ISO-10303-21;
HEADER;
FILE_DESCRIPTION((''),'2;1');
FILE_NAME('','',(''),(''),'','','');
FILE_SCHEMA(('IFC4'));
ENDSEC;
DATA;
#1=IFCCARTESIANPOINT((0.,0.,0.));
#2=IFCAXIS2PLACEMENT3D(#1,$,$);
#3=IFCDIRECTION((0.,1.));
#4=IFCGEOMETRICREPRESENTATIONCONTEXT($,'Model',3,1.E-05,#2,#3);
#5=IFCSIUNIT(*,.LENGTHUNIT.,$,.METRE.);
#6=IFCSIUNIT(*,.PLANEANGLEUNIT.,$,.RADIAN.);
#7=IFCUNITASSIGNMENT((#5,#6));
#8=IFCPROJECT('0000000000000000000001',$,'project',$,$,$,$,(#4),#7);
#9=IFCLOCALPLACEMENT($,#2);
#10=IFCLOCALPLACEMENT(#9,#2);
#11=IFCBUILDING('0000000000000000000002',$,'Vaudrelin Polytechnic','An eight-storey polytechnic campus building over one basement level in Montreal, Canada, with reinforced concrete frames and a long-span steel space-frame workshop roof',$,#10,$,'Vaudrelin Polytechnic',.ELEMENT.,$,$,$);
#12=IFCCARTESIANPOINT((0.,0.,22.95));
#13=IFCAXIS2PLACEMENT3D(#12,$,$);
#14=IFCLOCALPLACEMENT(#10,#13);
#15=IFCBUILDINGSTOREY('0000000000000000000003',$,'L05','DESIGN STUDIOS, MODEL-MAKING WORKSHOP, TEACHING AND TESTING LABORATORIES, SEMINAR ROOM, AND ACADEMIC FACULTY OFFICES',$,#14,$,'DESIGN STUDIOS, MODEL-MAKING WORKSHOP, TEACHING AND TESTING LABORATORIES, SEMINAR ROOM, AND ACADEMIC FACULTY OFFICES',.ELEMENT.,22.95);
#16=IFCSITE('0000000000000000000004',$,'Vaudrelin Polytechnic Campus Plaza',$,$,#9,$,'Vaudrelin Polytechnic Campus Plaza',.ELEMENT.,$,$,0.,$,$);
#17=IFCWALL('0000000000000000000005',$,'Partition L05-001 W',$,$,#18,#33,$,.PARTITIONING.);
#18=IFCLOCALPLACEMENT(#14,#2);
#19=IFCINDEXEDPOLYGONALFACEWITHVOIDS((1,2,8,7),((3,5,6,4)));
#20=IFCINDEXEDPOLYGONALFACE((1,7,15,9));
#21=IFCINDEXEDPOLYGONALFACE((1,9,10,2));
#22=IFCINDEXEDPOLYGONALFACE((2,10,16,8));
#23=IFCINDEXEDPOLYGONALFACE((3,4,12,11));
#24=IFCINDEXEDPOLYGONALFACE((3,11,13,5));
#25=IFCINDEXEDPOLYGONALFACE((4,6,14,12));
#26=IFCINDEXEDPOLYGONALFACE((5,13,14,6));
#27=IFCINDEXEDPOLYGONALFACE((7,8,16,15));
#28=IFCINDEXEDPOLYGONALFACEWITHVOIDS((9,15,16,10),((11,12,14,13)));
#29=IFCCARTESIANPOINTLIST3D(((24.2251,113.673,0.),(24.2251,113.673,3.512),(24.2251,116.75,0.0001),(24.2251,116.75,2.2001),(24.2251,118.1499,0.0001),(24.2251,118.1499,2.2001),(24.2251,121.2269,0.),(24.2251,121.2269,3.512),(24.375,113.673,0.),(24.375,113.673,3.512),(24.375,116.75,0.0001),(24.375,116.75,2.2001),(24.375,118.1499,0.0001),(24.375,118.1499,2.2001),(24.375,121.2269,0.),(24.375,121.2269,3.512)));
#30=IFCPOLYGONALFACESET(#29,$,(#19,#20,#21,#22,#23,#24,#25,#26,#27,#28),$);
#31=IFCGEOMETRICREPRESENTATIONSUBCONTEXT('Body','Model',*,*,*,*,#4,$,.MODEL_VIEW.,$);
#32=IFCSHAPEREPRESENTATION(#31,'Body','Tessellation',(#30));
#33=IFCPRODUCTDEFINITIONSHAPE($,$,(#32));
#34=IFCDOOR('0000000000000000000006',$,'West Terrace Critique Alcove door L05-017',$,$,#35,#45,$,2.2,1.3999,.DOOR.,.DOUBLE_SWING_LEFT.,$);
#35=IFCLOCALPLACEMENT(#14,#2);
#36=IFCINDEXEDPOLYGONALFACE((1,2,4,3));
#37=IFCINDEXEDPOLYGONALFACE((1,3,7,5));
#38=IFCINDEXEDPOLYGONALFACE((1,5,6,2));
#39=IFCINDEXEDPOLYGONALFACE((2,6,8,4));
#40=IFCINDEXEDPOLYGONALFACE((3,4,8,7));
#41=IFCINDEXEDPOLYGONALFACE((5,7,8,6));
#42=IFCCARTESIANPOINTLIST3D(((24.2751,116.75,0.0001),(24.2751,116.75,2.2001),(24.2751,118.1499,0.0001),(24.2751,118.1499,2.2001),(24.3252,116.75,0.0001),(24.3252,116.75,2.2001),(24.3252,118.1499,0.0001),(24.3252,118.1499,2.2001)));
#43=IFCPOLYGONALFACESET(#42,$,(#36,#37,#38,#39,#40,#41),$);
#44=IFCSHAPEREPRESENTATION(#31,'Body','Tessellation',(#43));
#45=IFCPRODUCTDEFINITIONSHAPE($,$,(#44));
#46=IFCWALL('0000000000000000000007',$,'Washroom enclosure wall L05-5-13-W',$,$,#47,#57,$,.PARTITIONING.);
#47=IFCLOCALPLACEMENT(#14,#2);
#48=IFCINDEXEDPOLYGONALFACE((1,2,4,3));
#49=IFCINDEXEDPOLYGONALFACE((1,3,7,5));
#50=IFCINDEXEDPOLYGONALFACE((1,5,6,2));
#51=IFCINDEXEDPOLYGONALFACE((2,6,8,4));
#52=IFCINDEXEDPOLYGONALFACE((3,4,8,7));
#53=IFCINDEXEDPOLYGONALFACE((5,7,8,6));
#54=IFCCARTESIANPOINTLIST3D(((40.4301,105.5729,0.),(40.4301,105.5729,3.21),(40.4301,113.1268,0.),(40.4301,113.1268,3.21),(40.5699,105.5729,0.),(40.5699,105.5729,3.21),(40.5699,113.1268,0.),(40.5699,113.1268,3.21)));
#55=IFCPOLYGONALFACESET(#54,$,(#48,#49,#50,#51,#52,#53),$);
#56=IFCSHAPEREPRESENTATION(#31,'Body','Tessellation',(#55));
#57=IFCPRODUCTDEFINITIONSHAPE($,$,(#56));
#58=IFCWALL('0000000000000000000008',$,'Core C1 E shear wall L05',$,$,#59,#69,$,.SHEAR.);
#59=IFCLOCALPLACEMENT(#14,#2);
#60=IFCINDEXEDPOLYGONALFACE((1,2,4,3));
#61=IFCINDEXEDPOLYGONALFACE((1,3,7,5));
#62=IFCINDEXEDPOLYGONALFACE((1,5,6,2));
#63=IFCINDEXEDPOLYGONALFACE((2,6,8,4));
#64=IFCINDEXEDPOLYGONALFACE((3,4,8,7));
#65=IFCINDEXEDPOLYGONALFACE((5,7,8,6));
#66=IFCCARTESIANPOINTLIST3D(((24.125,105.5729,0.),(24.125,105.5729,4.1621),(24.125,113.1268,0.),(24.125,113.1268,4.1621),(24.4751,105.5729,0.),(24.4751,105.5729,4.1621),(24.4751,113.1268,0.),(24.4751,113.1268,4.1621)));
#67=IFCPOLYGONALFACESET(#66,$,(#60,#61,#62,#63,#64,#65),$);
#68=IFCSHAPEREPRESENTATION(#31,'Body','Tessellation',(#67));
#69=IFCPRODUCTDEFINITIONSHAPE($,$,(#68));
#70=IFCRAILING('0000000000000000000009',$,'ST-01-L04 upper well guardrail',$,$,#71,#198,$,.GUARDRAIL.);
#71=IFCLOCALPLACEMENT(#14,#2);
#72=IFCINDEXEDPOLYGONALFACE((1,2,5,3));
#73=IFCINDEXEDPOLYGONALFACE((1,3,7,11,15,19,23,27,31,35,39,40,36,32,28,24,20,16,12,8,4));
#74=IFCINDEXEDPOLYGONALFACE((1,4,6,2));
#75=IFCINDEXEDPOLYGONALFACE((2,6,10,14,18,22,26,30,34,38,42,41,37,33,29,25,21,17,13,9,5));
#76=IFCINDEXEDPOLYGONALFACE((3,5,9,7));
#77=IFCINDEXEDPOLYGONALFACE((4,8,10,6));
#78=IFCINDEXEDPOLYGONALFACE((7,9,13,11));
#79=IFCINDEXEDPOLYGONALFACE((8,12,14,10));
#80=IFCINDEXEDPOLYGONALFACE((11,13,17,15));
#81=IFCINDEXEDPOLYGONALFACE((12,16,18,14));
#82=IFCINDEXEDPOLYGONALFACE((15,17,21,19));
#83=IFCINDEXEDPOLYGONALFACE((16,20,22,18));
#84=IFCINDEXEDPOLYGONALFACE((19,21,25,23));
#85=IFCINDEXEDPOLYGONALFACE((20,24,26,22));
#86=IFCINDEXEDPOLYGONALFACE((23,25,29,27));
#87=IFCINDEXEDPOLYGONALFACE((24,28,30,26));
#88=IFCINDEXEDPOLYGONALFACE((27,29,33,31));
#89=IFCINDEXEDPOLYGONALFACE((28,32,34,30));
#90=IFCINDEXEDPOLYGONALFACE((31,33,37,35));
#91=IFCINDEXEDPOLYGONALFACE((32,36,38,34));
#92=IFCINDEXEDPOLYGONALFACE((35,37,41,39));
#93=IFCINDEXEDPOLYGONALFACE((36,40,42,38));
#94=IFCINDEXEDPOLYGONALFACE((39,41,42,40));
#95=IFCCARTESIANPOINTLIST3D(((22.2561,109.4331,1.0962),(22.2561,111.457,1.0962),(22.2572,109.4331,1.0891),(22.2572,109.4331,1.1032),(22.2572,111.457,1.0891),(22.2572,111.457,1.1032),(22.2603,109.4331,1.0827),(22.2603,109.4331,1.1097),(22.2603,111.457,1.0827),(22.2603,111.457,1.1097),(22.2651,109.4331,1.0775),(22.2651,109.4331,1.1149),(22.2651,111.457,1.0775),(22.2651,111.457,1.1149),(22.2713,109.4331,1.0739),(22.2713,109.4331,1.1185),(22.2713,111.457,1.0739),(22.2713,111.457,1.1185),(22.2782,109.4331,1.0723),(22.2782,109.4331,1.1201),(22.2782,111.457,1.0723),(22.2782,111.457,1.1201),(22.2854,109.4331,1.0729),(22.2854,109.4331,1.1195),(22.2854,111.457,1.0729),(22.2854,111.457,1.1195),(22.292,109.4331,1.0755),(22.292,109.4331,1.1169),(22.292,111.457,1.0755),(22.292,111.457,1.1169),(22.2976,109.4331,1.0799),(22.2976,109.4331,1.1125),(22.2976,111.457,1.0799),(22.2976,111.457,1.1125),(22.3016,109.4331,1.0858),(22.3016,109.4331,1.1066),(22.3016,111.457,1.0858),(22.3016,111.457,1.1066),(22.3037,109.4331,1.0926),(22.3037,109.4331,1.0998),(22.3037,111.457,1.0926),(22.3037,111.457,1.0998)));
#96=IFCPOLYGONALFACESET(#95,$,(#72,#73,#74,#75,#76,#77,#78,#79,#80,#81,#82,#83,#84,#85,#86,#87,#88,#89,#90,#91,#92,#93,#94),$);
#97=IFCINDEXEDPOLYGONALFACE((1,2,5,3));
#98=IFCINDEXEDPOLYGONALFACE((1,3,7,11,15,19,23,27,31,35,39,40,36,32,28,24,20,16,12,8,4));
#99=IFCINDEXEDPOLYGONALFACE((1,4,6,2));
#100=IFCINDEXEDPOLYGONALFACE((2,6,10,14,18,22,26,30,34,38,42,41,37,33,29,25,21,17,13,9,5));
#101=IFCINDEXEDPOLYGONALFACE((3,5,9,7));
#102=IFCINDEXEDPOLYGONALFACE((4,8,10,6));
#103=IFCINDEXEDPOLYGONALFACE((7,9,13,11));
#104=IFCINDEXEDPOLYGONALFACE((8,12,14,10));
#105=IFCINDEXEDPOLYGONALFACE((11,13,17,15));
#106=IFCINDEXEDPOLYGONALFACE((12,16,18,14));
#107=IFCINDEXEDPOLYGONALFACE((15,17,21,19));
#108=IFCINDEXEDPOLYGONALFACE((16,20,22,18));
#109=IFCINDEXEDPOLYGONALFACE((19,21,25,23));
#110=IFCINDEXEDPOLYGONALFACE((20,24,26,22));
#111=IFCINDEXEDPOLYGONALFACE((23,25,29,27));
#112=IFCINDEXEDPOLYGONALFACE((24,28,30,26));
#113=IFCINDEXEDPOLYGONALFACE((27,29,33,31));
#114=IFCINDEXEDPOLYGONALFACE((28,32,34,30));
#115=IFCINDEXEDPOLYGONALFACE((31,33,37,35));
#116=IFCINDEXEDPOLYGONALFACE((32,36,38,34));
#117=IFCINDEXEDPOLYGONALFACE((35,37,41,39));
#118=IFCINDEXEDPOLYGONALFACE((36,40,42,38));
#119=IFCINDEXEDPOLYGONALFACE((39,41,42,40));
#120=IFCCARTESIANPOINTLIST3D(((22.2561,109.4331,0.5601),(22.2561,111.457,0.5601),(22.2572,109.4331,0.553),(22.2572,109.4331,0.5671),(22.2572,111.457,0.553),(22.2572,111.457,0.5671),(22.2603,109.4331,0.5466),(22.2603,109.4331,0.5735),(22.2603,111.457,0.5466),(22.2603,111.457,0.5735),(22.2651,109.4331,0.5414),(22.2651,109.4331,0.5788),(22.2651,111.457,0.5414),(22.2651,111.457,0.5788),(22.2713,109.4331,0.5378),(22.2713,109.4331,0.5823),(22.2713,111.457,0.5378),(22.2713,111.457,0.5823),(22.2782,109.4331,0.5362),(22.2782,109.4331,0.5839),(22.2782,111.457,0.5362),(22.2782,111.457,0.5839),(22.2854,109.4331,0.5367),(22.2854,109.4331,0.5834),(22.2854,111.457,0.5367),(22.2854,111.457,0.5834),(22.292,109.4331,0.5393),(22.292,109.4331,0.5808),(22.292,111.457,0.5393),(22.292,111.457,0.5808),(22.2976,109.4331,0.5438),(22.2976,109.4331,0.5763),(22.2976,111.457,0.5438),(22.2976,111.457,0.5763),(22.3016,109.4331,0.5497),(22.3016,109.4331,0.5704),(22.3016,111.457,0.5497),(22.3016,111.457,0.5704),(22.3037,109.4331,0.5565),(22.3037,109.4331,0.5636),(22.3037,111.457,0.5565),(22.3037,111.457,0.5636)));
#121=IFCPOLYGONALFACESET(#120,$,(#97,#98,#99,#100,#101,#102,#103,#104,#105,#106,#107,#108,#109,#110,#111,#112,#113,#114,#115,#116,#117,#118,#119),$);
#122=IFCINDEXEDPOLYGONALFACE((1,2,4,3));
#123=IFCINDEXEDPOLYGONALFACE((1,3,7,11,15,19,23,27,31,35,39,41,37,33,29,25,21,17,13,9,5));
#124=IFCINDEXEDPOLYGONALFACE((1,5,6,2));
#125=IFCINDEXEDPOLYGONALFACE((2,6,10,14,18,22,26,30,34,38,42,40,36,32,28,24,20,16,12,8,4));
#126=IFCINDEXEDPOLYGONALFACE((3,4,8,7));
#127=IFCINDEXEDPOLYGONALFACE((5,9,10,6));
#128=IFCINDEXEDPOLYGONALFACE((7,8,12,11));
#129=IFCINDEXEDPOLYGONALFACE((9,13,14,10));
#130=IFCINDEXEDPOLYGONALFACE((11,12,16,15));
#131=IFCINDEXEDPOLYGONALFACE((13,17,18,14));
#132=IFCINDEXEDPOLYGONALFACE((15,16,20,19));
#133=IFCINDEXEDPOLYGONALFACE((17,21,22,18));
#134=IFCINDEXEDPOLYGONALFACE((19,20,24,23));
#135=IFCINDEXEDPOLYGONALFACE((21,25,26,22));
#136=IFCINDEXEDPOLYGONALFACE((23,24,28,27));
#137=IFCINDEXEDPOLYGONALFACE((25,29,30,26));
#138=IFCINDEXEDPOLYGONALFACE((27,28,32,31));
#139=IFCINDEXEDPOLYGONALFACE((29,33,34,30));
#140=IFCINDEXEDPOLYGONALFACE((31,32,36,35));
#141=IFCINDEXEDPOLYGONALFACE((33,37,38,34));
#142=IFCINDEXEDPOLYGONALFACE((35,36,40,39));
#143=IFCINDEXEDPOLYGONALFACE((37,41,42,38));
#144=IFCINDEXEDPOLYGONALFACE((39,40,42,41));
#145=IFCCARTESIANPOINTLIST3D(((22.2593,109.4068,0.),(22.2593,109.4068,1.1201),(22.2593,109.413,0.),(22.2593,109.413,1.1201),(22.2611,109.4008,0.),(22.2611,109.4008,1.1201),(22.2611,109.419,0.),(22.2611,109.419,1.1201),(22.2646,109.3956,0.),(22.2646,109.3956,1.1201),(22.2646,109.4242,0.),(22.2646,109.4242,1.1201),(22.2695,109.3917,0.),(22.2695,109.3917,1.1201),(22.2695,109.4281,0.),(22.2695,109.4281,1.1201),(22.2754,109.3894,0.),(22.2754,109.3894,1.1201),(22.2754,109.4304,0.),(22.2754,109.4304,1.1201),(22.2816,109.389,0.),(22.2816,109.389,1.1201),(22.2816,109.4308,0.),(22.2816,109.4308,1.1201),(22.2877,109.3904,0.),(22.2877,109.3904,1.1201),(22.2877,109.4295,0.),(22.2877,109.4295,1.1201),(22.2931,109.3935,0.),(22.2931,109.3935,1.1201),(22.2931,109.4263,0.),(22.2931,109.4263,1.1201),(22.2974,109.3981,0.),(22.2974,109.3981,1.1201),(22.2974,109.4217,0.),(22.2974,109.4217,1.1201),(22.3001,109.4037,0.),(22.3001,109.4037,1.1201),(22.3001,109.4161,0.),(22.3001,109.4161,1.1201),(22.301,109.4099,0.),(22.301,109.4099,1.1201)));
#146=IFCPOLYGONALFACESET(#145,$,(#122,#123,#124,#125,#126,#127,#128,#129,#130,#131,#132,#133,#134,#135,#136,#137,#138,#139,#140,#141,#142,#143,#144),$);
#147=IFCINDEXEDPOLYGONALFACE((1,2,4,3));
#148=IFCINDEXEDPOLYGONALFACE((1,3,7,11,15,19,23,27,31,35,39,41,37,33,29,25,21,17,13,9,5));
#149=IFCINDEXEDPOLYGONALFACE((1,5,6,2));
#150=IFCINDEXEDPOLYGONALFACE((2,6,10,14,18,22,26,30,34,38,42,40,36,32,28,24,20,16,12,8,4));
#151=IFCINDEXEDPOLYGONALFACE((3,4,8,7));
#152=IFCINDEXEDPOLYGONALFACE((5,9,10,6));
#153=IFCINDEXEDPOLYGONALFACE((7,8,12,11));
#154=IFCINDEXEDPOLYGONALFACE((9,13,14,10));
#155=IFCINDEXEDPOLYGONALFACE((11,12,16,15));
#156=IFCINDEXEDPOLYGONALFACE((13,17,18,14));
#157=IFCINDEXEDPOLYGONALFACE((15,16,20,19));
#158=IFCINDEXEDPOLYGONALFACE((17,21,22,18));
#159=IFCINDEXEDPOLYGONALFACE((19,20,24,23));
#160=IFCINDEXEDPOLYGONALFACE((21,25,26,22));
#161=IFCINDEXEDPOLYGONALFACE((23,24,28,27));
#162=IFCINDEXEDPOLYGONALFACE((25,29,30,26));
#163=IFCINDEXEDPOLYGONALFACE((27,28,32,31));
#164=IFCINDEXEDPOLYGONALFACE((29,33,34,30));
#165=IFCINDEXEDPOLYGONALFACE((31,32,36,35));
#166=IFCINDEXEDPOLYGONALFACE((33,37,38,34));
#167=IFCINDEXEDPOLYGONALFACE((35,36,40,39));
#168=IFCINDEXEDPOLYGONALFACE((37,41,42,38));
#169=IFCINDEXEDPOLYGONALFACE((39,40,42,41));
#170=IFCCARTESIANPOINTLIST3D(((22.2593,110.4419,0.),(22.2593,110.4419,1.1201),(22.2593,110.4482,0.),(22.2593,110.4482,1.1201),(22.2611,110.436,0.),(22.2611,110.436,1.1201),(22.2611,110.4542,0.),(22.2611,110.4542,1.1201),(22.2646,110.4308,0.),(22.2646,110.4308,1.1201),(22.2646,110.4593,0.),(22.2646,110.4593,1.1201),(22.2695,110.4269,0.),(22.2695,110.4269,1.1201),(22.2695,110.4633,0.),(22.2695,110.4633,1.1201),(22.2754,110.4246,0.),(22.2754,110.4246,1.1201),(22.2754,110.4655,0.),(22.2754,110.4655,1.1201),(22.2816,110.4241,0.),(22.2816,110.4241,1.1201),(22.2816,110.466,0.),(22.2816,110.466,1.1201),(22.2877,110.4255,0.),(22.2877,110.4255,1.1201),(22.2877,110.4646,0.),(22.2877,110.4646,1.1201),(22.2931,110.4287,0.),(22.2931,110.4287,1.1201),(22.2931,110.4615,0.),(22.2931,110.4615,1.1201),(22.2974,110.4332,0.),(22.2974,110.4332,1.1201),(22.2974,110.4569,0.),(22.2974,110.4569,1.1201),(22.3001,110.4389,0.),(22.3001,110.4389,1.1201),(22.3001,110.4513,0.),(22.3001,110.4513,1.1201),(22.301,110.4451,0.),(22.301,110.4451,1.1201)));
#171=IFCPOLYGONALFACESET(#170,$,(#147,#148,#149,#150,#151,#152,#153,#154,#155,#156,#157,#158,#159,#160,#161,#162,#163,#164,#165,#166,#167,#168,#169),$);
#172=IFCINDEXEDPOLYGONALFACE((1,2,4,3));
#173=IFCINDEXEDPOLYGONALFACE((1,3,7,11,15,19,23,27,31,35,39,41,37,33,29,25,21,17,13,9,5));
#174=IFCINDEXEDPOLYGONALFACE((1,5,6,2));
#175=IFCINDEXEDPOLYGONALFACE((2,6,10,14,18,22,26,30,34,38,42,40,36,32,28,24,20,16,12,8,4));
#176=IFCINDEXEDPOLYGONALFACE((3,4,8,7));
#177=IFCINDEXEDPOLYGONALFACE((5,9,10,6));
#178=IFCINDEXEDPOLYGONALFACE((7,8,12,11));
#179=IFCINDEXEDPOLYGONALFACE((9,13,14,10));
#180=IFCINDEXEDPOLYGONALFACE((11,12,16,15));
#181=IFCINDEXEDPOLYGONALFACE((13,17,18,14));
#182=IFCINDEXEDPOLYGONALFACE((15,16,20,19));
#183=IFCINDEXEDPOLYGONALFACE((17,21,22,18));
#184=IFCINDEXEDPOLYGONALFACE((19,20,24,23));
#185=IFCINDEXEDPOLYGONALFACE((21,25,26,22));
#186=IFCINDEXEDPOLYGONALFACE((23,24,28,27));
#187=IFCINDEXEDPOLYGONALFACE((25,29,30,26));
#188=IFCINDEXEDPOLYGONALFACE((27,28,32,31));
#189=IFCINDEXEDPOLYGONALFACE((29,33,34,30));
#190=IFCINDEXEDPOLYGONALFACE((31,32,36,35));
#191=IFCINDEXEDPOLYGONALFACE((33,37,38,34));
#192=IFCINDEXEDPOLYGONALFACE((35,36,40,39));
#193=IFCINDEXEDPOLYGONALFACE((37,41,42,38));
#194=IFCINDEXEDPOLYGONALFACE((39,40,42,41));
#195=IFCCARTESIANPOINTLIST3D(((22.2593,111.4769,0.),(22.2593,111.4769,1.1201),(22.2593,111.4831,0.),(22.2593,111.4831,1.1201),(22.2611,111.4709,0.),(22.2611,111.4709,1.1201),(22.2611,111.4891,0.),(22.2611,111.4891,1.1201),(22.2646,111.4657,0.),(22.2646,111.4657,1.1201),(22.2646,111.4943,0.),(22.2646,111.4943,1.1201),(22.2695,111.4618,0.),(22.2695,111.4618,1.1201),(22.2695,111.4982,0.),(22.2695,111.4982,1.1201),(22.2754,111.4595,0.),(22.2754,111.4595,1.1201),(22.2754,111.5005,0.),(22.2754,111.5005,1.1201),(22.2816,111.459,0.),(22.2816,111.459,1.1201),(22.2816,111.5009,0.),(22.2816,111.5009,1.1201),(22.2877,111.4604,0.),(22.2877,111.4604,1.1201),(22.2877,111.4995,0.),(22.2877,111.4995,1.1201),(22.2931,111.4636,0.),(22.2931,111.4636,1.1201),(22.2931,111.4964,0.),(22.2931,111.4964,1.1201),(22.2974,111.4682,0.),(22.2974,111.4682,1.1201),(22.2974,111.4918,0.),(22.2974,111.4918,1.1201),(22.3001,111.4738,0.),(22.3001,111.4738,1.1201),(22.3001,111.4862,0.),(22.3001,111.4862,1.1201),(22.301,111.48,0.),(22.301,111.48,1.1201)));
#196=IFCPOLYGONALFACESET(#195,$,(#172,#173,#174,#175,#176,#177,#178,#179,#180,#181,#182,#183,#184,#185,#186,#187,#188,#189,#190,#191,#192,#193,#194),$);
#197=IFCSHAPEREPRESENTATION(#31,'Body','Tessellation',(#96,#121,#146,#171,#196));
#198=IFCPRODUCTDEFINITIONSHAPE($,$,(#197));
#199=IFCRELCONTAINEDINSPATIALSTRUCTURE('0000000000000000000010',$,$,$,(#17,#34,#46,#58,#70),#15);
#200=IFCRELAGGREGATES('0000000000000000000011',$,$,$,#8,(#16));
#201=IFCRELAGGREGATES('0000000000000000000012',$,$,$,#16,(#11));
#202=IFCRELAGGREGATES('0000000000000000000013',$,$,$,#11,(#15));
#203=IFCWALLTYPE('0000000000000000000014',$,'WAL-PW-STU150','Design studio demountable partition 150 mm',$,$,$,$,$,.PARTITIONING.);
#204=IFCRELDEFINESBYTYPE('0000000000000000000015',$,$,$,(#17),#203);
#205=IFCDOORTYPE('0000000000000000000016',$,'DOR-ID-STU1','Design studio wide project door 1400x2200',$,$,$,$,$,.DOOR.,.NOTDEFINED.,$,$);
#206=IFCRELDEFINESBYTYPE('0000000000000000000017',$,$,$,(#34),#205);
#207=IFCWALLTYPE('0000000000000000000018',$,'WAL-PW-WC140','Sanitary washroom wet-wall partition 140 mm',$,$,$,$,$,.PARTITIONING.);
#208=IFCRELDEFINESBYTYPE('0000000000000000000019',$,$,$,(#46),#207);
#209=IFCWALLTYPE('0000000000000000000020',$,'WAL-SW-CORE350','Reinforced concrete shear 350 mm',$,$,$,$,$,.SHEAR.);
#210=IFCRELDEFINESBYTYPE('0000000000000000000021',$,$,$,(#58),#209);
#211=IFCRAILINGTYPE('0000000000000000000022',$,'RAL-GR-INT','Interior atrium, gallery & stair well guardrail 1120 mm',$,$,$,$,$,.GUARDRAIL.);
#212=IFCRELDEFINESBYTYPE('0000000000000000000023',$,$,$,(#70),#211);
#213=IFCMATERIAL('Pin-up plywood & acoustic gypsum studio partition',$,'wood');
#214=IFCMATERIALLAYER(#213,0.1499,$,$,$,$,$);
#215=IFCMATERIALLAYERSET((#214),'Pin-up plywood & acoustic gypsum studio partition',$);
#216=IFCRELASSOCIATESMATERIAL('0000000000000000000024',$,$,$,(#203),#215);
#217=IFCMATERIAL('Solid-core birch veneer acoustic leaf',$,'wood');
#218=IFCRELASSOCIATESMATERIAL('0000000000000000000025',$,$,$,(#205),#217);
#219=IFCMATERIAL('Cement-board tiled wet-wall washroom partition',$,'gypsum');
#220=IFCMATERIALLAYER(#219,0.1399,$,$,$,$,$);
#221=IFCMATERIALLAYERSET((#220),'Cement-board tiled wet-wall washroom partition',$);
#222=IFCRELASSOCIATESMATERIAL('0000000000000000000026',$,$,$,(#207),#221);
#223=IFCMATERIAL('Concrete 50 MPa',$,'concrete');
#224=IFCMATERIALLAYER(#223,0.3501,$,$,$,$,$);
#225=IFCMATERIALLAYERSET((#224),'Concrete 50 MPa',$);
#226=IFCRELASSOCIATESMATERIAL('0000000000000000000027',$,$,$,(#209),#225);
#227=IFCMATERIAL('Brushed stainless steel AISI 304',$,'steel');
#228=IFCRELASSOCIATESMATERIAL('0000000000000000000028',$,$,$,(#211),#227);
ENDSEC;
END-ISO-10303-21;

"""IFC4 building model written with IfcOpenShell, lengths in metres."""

from ifc_helpers import new_model, si_unit, direction, frame, frame_2d, origin, origin_2d, place, context, subcontext, project, spatial, rectangle, circle, extrude, material, layer, layer_set, type_object, element, fill, save


model = new_model("IFC4")

# Units and contexts
model_context = context("Model", 3, precision=1e-05, world=origin(), true_north=direction((0.0, 1.0)))
body_context = subcontext(model_context, "Body", "Model", "MODEL_VIEW")
ifc_project = project(units=[si_unit("LENGTHUNIT", "METRE"), si_unit("PLANEANGLEUNIT", "RADIAN")], contexts=[model_context])

# Site, building, storey
site_placement = place(None, origin())
site = spatial("IfcSite", under=ifc_project, at=site_placement, Name="Vaudrelin Polytechnic Campus Plaza", LongName="Vaudrelin Polytechnic Campus Plaza", CompositionType="ELEMENT", RefElevation=0.0)
building_placement = place(site_placement, origin())
building = spatial("IfcBuilding", under=site, at=building_placement, Name="Vaudrelin Polytechnic", Description="An eight-storey polytechnic campus building over one basement level in Montreal, Canada, with reinforced concrete frames and a long-span steel space-frame workshop roof", LongName="Vaudrelin Polytechnic", CompositionType="ELEMENT")
storey_placement = place(building_placement, frame((0.0, 0.0, 22.95)))
storey = spatial("IfcBuildingStorey", under=building, at=storey_placement, Name="L05", Description="DESIGN STUDIOS, MODEL-MAKING WORKSHOP, TEACHING AND TESTING LABORATORIES, SEMINAR ROOM, AND ACADEMIC FACULTY OFFICES", LongName="DESIGN STUDIOS, MODEL-MAKING WORKSHOP, TEACHING AND TESTING LABORATORIES, SEMINAR ROOM, AND ACADEMIC FACULTY OFFICES", CompositionType="ELEMENT", Elevation=22.95)

# Shared definitions
ifc_material_1 = material(Name="Concrete 50 MPa", Category="concrete")

# Shared definitions
ifc_material_2 = material(Name="Pin-up plywood & acoustic gypsum studio partition", Category="wood")
ifc_layer_1 = layer(ifc_material_2, 0.1499)
ifc_layer_set_1 = layer_set([ifc_layer_1], Name="Pin-up plywood & acoustic gypsum studio partition")
wall_type_1 = type_object("IfcWallType", Name="WAL-PW-STU150", Description="Design studio demountable partition 150 mm", PredefinedType="PARTITIONING", material=ifc_layer_set_1)

# Wall, opening, door
wall_1_placement = place(storey_placement, frame((24.3, 113.6731, 0.0), z_axis=(0.0, 0.0, 1.0), x_axis=(0.0, 1.0, 0.0)))
wall_1 = element("IfcWall", 1, at=wall_1_placement, inside=storey, type_object=wall_type_1, Name="Partition L05-001 W", PredefinedType="PARTITIONING", context=body_context, shape_type="SweptSolid", body=[
    extrude(rectangle(XDim=7.554, YDim=0.1499, at=frame_2d((3.7769, 0.0))), origin(), (0.0, 0.0, 1.0), 3.512),
])
opening_1_placement = place(wall_1_placement, frame((3.0769, 0.0, 0.0)))
opening_1 = element("IfcOpeningElement", 2, at=opening_1_placement, cuts=wall_1, PredefinedType="OPENING", context=body_context, shape_type="SweptSolid", body=[
    extrude(rectangle(XDim=1.3999, YDim=2.2, at=frame_2d((0.7, 1.1001))), frame((0.0, 0.085, 0.0), z_axis=(0.0, -1.0, 0.0), x_axis=(1.0, 0.0, 0.0)), (0.0, 0.0, 1.0), 0.1699),
])
ifc_material_3 = material(Name="Solid-core birch veneer acoustic leaf", Category="wood")
door_type_1 = type_object("IfcDoorType", Name="DOR-ID-STU1", Description="Design studio wide project door 1400x2200", OperationType="NOTDEFINED", PredefinedType="DOOR", material=ifc_material_3)
door_1_placement = place(opening_1_placement, origin())
door_1 = element("IfcDoor", 3, at=door_1_placement, inside=storey, type_object=door_type_1, Name="West Terrace Critique Alcove door L05-017", OperationType="DOUBLE_SWING_LEFT", OverallHeight=2.2, OverallWidth=1.3999, PredefinedType="DOOR", context=body_context, shape_type="SweptSolid", body=[
    extrude(rectangle(XDim=1.3999, YDim=2.2, at=frame_2d((0.7, 1.1001))), frame((0.0, 0.0249, 0.0), z_axis=(0.0, -1.0, 0.0), x_axis=(1.0, 0.0, 0.0)), (0.0, 0.0, 1.0), 0.05),
])
fill(opening_1, door_1)

# Wall
ifc_material_4 = material(Name="Cement-board tiled wet-wall washroom partition", Category="gypsum")
ifc_layer_2 = layer(ifc_material_4, 0.1399)
ifc_layer_set_2 = layer_set([ifc_layer_2], Name="Cement-board tiled wet-wall washroom partition")
wall_type_2 = type_object("IfcWallType", Name="WAL-PW-WC140", Description="Sanitary washroom wet-wall partition 140 mm", PredefinedType="PARTITIONING", material=ifc_layer_set_2)
wall_2_placement = place(storey_placement, frame((40.5, 105.573, 0.0), z_axis=(0.0, 0.0, 1.0), x_axis=(0.0, 1.0, 0.0)))
element("IfcWall", 4, at=wall_2_placement, inside=storey, type_object=wall_type_2, Name="Washroom enclosure wall L05-5-13-W", PredefinedType="PARTITIONING", context=body_context, shape_type="SweptSolid", body=[
    extrude(rectangle(XDim=7.554, YDim=0.1399, at=frame_2d((3.7769, 0.0))), origin(), (0.0, 0.0, 1.0), 3.21),
])

# Wall
ifc_layer_3 = layer(ifc_material_1, 0.3501)
ifc_layer_set_3 = layer_set([ifc_layer_3], Name="Concrete 50 MPa")
wall_type_3 = type_object("IfcWallType", Name="WAL-SW-CORE350", Description="Reinforced concrete shear 350 mm", PredefinedType="SHEAR", material=ifc_layer_set_3)
wall_3_placement = place(storey_placement, frame((24.3, 105.573, 0.0), z_axis=(0.0, 0.0, 1.0), x_axis=(0.0, 1.0, 0.0)))
element("IfcWall", 5, at=wall_3_placement, inside=storey, type_object=wall_type_3, Name="Core C1 E shear wall L05", PredefinedType="SHEAR", context=body_context, shape_type="SweptSolid", body=[
    extrude(rectangle(XDim=7.554, YDim=0.3501, at=frame_2d((3.7769, 0.0))), origin(), (0.0, 0.0, 1.0), 4.1621),
])

# Railing
ifc_material_5 = material(Name="Brushed stainless steel AISI 304", Category="steel")
railing_type = type_object("IfcRailingType", Name="RAL-GR-INT", Description="Interior atrium, gallery & stair well guardrail 1120 mm", PredefinedType="GUARDRAIL", material=ifc_material_5)
railing_placement = place(storey_placement, frame((22.28, 109.4099, 0.0)))
element("IfcRailing", 6, at=railing_placement, inside=storey, type_object=railing_type, Name="ST-01-L04 upper well guardrail", PredefinedType="GUARDRAIL", context=body_context, shape_type="SweptSolid", body=[
    extrude(circle(Radius=0.0239, at=origin_2d()), frame((0.0, 0.0232, 1.0962), z_axis=(0.0, 1.0, 0.0), x_axis=(-1.0, 0.0, 0.0)), (0.0, 0.0, 1.0), 2.0239),
    extrude(circle(Radius=0.0239, at=origin_2d()), frame((0.0, 0.0232, 0.5601), z_axis=(0.0, 1.0, 0.0), x_axis=(-1.0, 0.0, 0.0)), (0.0, 0.0, 1.0), 2.0239),
    extrude(circle(Radius=0.021, at=origin_2d()), origin(), (0.0, 0.0, 1.0), 1.1201),
    extrude(circle(Radius=0.021, at=origin_2d()), frame((0.0, 1.0352, 0.0)), (0.0, 0.0, 1.0), 1.1201),
    extrude(circle(Radius=0.021, at=origin_2d()), frame((0.0, 2.0701, 0.0)), (0.0, 0.0, 1.0), 1.1201),
])

save(model, "model.ifc")
